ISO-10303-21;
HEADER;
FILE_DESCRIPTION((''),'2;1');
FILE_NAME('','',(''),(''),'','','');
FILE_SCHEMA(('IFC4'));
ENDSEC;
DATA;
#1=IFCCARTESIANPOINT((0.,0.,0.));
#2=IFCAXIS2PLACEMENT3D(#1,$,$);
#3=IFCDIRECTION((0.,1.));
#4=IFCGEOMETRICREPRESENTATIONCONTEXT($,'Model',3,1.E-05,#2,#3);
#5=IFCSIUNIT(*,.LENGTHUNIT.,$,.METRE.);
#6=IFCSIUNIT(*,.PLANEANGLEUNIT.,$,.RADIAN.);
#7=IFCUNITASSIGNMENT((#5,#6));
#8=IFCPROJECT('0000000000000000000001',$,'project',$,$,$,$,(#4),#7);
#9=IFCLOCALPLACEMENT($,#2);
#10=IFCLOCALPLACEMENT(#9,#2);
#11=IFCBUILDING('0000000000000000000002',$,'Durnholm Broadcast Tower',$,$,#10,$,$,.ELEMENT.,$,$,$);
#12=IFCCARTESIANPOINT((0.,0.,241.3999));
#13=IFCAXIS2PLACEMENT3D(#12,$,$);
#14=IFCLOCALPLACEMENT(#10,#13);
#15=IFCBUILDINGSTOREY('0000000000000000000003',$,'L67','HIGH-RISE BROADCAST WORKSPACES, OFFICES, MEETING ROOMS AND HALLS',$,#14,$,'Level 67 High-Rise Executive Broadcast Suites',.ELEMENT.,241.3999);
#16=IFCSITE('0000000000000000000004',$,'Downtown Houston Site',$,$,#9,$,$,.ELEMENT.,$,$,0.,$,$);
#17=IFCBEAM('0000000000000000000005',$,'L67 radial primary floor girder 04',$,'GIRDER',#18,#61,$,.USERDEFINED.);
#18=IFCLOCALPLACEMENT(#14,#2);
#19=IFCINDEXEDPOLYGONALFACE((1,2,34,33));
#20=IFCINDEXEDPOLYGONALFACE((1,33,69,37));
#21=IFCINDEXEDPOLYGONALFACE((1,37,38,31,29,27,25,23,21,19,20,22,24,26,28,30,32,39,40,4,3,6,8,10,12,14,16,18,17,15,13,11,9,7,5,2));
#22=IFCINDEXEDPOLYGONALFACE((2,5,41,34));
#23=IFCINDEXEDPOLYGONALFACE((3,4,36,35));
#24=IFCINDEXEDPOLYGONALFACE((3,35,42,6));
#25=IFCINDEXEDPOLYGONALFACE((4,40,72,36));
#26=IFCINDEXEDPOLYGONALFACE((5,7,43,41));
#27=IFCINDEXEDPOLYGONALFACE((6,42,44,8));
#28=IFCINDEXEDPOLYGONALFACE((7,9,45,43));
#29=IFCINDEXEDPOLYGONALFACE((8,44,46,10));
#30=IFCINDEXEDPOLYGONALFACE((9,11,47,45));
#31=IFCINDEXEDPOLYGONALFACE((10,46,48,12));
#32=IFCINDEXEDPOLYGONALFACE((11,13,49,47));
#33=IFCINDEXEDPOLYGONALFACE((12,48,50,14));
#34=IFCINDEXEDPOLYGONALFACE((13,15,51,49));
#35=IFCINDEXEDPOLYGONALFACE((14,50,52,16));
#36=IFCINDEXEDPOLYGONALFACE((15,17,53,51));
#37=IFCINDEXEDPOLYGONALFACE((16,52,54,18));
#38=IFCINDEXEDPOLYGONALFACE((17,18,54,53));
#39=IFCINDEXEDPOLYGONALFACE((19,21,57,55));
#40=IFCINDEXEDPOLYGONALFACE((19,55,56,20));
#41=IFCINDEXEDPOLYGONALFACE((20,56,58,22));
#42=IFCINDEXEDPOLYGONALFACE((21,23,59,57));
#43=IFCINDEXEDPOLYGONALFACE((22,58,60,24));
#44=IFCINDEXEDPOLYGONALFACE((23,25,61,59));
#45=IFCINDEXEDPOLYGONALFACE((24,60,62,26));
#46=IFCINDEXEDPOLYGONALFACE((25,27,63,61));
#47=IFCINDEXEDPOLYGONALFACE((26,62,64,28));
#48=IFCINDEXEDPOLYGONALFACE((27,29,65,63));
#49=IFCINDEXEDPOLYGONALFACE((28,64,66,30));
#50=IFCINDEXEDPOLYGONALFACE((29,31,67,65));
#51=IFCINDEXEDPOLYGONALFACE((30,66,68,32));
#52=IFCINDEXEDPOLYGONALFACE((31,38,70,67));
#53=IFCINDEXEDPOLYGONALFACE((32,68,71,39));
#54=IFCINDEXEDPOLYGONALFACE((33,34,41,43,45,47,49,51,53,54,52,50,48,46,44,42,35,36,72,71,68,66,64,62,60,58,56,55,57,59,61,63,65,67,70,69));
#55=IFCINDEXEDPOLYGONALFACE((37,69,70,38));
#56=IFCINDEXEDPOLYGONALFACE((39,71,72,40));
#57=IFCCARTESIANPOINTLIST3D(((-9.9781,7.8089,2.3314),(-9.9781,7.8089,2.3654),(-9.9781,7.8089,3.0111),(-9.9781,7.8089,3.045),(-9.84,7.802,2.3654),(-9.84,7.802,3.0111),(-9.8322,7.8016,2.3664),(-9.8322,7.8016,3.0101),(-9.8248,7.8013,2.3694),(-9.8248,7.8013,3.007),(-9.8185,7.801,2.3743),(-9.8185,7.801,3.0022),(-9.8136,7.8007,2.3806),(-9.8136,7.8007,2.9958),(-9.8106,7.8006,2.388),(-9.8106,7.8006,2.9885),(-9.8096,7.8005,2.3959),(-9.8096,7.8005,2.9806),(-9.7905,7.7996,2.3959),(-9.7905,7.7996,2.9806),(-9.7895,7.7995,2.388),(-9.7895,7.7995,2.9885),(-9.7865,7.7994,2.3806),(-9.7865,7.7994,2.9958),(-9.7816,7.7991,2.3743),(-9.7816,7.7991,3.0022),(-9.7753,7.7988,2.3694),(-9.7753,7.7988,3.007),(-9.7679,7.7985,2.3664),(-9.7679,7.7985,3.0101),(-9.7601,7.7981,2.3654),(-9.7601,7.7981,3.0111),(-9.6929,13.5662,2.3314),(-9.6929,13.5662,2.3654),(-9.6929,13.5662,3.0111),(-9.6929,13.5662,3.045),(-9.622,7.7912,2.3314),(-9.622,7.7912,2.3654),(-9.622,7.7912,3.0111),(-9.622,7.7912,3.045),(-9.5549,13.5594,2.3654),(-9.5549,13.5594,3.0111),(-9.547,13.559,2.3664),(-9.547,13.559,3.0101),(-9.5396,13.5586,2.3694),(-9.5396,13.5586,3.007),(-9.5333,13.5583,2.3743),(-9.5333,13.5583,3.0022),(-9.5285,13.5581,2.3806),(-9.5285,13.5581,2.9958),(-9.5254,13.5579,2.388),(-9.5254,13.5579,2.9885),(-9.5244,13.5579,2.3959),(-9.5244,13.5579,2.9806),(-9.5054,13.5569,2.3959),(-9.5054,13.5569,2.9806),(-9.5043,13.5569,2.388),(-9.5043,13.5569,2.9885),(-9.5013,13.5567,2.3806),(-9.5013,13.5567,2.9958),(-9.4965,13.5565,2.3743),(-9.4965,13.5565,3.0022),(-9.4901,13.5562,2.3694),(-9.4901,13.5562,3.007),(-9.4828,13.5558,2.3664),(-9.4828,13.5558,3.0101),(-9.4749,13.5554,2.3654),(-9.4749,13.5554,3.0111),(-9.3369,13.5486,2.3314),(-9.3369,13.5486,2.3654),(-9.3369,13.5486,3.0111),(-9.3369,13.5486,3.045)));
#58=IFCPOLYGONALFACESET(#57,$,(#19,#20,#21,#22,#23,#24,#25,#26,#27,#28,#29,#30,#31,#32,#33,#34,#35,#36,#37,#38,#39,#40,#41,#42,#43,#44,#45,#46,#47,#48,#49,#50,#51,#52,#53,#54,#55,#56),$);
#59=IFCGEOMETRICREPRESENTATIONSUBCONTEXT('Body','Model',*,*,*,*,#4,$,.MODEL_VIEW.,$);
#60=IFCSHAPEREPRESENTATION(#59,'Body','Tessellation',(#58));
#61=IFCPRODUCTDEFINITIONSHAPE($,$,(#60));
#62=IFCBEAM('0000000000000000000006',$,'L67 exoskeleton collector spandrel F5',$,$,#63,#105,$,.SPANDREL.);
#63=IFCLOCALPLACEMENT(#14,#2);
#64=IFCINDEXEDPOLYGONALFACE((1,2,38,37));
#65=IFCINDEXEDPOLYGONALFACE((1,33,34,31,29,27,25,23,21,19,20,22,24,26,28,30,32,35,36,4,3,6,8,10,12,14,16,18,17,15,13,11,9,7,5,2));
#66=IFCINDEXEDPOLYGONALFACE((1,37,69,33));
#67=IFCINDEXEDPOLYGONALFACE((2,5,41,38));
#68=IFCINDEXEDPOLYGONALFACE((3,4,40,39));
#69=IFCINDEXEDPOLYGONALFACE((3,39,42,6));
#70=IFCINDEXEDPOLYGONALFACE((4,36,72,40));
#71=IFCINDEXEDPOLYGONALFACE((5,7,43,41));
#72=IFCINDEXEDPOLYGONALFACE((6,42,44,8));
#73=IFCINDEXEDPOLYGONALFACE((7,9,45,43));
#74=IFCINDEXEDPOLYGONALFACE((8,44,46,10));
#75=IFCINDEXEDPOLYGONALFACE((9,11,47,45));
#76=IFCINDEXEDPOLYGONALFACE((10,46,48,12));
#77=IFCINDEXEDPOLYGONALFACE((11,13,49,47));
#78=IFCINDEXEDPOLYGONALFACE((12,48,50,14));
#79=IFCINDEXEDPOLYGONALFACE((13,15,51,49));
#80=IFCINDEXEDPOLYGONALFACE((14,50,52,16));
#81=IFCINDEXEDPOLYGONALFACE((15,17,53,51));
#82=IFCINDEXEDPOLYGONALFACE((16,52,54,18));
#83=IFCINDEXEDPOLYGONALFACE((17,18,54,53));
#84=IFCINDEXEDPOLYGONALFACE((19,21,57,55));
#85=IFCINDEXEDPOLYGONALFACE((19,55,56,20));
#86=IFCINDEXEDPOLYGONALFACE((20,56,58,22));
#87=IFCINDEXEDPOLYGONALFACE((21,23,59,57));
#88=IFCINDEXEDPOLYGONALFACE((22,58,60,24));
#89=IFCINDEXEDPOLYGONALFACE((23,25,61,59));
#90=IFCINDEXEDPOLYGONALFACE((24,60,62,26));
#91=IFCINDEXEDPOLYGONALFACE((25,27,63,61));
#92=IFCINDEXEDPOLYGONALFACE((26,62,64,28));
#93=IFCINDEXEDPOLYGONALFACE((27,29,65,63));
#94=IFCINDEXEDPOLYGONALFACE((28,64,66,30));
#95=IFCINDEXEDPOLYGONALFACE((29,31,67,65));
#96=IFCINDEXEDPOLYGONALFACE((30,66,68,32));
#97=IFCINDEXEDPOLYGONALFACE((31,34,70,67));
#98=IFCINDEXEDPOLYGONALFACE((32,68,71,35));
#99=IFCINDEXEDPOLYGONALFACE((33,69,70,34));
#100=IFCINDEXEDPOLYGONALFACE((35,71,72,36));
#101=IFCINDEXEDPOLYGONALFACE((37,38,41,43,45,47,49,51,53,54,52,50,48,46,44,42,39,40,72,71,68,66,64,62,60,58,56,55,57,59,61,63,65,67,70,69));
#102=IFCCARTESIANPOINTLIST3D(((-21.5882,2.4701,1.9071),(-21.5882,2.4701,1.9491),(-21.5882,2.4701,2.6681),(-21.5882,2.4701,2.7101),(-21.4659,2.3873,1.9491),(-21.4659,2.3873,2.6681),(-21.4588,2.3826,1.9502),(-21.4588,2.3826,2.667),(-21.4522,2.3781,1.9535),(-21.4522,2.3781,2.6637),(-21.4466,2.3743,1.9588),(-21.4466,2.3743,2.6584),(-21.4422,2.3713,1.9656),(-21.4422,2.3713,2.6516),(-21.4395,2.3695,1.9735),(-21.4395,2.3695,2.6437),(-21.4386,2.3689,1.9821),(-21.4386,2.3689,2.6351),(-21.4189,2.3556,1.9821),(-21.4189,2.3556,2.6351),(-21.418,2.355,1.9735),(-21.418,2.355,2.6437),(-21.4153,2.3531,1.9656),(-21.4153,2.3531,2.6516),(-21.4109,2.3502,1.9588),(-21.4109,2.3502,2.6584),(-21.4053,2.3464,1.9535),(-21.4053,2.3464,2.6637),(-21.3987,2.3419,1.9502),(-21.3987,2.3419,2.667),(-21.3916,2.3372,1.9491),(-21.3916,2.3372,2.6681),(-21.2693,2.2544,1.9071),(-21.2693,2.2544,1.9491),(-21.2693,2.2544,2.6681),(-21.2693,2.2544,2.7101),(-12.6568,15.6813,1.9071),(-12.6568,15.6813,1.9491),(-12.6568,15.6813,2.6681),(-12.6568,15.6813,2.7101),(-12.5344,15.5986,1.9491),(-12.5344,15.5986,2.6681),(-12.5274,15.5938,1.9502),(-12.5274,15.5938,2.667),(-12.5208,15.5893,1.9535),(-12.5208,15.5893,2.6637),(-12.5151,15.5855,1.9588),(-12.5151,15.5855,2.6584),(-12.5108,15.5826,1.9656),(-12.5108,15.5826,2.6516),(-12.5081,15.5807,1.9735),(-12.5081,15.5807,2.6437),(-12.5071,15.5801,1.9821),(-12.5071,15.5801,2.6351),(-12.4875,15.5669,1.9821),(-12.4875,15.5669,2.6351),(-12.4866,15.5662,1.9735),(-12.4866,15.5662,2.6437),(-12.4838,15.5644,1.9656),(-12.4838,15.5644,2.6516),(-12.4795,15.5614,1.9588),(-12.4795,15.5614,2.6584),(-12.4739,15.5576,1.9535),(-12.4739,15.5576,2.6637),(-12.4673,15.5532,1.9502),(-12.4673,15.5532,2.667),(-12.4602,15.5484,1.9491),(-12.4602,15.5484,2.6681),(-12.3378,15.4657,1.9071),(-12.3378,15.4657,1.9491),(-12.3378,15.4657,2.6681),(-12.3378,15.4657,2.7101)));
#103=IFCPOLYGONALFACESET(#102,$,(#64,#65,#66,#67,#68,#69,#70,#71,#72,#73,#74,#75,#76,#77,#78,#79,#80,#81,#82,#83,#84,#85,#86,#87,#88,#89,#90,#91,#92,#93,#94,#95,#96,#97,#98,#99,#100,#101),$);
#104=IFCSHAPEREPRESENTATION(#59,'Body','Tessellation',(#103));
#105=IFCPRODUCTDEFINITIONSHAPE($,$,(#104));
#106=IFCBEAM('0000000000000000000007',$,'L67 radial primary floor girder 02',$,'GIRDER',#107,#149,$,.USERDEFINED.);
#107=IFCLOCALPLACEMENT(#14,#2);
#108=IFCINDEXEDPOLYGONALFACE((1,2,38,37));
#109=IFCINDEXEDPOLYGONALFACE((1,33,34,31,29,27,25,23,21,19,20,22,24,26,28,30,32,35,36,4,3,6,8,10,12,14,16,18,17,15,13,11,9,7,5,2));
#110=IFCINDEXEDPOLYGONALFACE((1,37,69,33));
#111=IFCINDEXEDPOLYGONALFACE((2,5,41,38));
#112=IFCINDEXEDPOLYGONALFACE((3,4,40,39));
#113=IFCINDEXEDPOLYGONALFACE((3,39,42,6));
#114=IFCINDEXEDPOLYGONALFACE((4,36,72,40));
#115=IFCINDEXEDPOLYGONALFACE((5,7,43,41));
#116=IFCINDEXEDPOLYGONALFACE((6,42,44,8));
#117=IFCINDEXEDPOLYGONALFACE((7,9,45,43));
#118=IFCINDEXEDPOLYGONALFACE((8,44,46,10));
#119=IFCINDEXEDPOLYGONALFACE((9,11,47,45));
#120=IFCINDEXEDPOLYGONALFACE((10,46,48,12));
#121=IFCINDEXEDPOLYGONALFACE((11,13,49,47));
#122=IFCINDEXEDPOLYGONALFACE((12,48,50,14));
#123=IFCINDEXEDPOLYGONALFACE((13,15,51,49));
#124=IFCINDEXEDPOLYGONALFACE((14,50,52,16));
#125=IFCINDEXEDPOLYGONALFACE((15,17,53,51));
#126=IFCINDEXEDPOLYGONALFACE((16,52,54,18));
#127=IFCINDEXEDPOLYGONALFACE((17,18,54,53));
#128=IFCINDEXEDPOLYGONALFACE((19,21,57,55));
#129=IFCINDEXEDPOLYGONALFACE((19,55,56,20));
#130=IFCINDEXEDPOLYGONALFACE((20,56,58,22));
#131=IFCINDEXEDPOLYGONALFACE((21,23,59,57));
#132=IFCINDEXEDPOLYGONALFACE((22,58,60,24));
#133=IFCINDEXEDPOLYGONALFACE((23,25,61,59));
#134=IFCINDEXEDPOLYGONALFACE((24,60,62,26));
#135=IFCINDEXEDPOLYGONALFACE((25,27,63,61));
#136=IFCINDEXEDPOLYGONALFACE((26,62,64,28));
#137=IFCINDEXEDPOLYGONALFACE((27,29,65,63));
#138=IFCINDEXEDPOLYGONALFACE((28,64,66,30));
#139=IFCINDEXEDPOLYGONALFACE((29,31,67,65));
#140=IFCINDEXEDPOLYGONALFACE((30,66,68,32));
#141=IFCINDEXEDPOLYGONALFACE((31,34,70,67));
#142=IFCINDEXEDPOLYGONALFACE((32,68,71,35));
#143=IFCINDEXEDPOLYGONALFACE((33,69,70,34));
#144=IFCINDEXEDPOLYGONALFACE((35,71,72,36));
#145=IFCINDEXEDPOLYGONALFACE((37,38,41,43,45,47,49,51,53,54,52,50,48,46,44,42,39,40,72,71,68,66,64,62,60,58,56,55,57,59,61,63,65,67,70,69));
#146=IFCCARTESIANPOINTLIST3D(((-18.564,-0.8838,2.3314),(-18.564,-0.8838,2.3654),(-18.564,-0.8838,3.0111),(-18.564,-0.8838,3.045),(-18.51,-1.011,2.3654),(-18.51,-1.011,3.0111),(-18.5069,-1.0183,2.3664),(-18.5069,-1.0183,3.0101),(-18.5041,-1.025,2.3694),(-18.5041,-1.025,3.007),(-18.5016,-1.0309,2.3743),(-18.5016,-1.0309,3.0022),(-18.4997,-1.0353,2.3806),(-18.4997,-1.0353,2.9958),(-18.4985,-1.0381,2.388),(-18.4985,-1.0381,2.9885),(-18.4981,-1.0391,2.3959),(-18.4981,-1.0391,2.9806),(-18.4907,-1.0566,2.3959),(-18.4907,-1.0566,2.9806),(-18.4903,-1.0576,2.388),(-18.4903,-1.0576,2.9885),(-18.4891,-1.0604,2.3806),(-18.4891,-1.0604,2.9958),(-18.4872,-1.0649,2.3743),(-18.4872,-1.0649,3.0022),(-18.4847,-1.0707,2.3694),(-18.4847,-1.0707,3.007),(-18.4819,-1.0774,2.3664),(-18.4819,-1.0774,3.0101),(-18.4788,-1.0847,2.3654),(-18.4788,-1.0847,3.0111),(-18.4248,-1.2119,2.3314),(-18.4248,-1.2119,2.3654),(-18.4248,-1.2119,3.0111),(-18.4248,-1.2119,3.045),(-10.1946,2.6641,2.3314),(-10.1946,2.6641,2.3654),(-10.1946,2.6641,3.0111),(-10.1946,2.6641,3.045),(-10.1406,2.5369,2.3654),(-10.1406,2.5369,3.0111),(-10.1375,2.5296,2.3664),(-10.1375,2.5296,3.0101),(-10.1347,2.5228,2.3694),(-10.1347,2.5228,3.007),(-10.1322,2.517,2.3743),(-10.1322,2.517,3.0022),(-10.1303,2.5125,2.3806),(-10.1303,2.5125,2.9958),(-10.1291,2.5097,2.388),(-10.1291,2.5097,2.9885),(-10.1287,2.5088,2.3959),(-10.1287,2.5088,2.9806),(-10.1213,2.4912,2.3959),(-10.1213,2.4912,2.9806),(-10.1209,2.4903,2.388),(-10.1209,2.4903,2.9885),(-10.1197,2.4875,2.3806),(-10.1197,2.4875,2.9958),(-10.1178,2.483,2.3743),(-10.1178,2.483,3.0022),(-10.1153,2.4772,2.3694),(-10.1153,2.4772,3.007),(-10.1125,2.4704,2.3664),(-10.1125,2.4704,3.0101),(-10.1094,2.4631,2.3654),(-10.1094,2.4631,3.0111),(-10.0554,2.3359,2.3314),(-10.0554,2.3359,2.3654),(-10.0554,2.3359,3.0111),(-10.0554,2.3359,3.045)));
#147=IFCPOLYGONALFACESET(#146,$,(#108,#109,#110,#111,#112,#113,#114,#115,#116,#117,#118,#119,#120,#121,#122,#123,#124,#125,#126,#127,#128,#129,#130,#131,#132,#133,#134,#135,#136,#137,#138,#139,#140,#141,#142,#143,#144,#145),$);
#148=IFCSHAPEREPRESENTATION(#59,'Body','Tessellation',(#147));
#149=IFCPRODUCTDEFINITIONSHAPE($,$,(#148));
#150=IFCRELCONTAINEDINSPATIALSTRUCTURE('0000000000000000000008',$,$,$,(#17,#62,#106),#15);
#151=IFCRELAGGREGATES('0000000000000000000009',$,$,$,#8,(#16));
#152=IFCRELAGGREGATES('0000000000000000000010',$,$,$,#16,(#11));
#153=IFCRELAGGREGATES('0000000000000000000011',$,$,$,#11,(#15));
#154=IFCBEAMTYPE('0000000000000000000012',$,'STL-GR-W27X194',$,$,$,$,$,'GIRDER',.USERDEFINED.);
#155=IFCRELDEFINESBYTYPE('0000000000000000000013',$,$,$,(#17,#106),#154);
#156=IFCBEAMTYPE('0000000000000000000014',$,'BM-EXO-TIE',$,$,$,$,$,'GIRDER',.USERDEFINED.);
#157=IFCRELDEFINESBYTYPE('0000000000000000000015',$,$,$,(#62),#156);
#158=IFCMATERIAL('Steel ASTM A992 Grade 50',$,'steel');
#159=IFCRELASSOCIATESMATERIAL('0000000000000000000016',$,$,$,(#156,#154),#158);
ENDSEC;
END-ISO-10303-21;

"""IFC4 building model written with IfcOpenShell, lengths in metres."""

from ifc_helpers import new_model, si_unit, direction, frame, origin, origin_2d, place, context, subcontext, project, spatial, i_section, extrude, source, transform, mapped, material, material_profile, profile_set, type_object, element, save


model = new_model("IFC4")

# Units and contexts
model_context = context("Model", 3, precision=1e-05, world=origin(), true_north=direction((0.0, 1.0)))
body_context = subcontext(model_context, "Body", "Model", "MODEL_VIEW")
ifc_project = project(units=[si_unit("LENGTHUNIT", "METRE"), si_unit("PLANEANGLEUNIT", "RADIAN")], contexts=[model_context])

# Site, building, storey
site_placement = place(None, origin())
site = spatial("IfcSite", under=ifc_project, at=site_placement, Name="Downtown Houston Site", CompositionType="ELEMENT", RefElevation=0.0)
building_placement = place(site_placement, origin())
building = spatial("IfcBuilding", under=site, at=building_placement, Name="Durnholm Broadcast Tower", CompositionType="ELEMENT")
storey_placement = place(building_placement, frame((0.0, 0.0, 241.3999)))
storey = spatial("IfcBuildingStorey", under=building, at=storey_placement, Name="L67", Description="HIGH-RISE BROADCAST WORKSPACES, OFFICES, MEETING ROOMS AND HALLS", LongName="Level 67 High-Rise Executive Broadcast Suites", CompositionType="ELEMENT", Elevation=241.3999)

# Beams
ifc_material_1 = material(Name="Steel ASTM A992 Grade 50", Category="steel")
ifc_material_profile_1 = material_profile(ifc_material_1, i_section(OverallWidth=0.385, OverallDepth=0.803, WebThickness=0.0237, FlangeThickness=0.042, FilletRadius=0.033, at=origin_2d()), Name="W30X261")
ifc_profile_set_1 = profile_set([ifc_material_profile_1], Name="Steel ASTM A992 Grade 50")
beam_type_1 = type_object("IfcBeamType", Name="BM-EXO-TIE", ElementType="GIRDER", PredefinedType="USERDEFINED", material=ifc_profile_set_1)
ifc_material_profile_2 = material_profile(ifc_material_1, i_section(OverallWidth=0.3564, OverallDepth=0.7136, WebThickness=0.019, FlangeThickness=0.0339, FilletRadius=0.0305, at=origin_2d()), Name="W27X194")
ifc_profile_set_2 = profile_set([ifc_material_profile_2], Name="Steel ASTM A992 Grade 50")
beam_type_2 = type_object("IfcBeamType", Name="STL-GR-W27X194", ElementType="GIRDER", PredefinedType="USERDEFINED", material=ifc_profile_set_2)
shared_shape_1 = source(origin(), body_context, "Body", "SweptSolid", [
    extrude(i_section(OverallWidth=0.3564, OverallDepth=0.7136, WebThickness=0.019, FlangeThickness=0.0339, FilletRadius=0.0305, at=origin_2d()), origin(), (0.0, 0.0, 1.0), 5.7644),
])
beam_1_placement = place(storey_placement, frame((-9.8, 7.8, 2.6882), z_axis=(0.049469, 0.998776, 0.0), x_axis=(-0.998776, 0.049469, 0.0)))
element("IfcBeam", 1, at=beam_1_placement, inside=storey, type_object=beam_type_2, Name="L67 radial primary floor girder 04", ObjectType="GIRDER", PredefinedType="USERDEFINED", context=body_context, shape_type="MappedRepresentation", body=[
    mapped(shared_shape_1, transform((0.0, 0.0, 0.0), x_axis=(1.0, 0.0, 0.0), y_axis=(0.0, 1.0, 0.0), z_axis=(0.0, 0.0, 1.0), scale=1.0)),
])
shared_shape_2 = source(origin(), body_context, "Body", "SweptSolid", [
    extrude(i_section(OverallWidth=0.385, OverallDepth=0.803, WebThickness=0.0237, FlangeThickness=0.042, FilletRadius=0.033, at=origin_2d()), origin(), (0.0, 0.0, 1.0), 15.947),
])
beam_2_placement = place(storey_placement, frame((-12.4973, 15.5735, 2.3086), z_axis=(-0.560069, -0.828446, 0.0), x_axis=(0.828446, -0.560069, 0.0)))
element("IfcBeam", 2, at=beam_2_placement, inside=storey, type_object=beam_type_1, Name="L67 exoskeleton collector spandrel F5", PredefinedType="SPANDREL", context=body_context, shape_type="MappedRepresentation", body=[
    mapped(shared_shape_2, transform((0.0, 0.0, 0.0), x_axis=(1.0, 0.0, 0.0), y_axis=(0.0, 1.0, 0.0), z_axis=(0.0, 0.0, 1.0), scale=1.0)),
])
shared_shape_3 = source(origin(), body_context, "Body", "SweptSolid", [
    extrude(i_section(OverallWidth=0.3564, OverallDepth=0.7136, WebThickness=0.019, FlangeThickness=0.0339, FilletRadius=0.0305, at=origin_2d()), origin(), (0.0, 0.0, 1.0), 9.0903),
])
beam_3_placement = place(storey_placement, frame((-10.125, 2.5, 2.6882), z_axis=(-0.920692, -0.390289, 0.0), x_axis=(0.390289, -0.920692, 0.0)))
element("IfcBeam", 3, at=beam_3_placement, inside=storey, type_object=beam_type_2, Name="L67 radial primary floor girder 02", ObjectType="GIRDER", PredefinedType="USERDEFINED", context=body_context, shape_type="MappedRepresentation", body=[
    mapped(shared_shape_3, transform((0.0, 0.0, 0.0), x_axis=(1.0, 0.0, 0.0), y_axis=(0.0, 1.0, 0.0), z_axis=(0.0, 0.0, 1.0), scale=1.0)),
])

save(model, "model.ifc")
